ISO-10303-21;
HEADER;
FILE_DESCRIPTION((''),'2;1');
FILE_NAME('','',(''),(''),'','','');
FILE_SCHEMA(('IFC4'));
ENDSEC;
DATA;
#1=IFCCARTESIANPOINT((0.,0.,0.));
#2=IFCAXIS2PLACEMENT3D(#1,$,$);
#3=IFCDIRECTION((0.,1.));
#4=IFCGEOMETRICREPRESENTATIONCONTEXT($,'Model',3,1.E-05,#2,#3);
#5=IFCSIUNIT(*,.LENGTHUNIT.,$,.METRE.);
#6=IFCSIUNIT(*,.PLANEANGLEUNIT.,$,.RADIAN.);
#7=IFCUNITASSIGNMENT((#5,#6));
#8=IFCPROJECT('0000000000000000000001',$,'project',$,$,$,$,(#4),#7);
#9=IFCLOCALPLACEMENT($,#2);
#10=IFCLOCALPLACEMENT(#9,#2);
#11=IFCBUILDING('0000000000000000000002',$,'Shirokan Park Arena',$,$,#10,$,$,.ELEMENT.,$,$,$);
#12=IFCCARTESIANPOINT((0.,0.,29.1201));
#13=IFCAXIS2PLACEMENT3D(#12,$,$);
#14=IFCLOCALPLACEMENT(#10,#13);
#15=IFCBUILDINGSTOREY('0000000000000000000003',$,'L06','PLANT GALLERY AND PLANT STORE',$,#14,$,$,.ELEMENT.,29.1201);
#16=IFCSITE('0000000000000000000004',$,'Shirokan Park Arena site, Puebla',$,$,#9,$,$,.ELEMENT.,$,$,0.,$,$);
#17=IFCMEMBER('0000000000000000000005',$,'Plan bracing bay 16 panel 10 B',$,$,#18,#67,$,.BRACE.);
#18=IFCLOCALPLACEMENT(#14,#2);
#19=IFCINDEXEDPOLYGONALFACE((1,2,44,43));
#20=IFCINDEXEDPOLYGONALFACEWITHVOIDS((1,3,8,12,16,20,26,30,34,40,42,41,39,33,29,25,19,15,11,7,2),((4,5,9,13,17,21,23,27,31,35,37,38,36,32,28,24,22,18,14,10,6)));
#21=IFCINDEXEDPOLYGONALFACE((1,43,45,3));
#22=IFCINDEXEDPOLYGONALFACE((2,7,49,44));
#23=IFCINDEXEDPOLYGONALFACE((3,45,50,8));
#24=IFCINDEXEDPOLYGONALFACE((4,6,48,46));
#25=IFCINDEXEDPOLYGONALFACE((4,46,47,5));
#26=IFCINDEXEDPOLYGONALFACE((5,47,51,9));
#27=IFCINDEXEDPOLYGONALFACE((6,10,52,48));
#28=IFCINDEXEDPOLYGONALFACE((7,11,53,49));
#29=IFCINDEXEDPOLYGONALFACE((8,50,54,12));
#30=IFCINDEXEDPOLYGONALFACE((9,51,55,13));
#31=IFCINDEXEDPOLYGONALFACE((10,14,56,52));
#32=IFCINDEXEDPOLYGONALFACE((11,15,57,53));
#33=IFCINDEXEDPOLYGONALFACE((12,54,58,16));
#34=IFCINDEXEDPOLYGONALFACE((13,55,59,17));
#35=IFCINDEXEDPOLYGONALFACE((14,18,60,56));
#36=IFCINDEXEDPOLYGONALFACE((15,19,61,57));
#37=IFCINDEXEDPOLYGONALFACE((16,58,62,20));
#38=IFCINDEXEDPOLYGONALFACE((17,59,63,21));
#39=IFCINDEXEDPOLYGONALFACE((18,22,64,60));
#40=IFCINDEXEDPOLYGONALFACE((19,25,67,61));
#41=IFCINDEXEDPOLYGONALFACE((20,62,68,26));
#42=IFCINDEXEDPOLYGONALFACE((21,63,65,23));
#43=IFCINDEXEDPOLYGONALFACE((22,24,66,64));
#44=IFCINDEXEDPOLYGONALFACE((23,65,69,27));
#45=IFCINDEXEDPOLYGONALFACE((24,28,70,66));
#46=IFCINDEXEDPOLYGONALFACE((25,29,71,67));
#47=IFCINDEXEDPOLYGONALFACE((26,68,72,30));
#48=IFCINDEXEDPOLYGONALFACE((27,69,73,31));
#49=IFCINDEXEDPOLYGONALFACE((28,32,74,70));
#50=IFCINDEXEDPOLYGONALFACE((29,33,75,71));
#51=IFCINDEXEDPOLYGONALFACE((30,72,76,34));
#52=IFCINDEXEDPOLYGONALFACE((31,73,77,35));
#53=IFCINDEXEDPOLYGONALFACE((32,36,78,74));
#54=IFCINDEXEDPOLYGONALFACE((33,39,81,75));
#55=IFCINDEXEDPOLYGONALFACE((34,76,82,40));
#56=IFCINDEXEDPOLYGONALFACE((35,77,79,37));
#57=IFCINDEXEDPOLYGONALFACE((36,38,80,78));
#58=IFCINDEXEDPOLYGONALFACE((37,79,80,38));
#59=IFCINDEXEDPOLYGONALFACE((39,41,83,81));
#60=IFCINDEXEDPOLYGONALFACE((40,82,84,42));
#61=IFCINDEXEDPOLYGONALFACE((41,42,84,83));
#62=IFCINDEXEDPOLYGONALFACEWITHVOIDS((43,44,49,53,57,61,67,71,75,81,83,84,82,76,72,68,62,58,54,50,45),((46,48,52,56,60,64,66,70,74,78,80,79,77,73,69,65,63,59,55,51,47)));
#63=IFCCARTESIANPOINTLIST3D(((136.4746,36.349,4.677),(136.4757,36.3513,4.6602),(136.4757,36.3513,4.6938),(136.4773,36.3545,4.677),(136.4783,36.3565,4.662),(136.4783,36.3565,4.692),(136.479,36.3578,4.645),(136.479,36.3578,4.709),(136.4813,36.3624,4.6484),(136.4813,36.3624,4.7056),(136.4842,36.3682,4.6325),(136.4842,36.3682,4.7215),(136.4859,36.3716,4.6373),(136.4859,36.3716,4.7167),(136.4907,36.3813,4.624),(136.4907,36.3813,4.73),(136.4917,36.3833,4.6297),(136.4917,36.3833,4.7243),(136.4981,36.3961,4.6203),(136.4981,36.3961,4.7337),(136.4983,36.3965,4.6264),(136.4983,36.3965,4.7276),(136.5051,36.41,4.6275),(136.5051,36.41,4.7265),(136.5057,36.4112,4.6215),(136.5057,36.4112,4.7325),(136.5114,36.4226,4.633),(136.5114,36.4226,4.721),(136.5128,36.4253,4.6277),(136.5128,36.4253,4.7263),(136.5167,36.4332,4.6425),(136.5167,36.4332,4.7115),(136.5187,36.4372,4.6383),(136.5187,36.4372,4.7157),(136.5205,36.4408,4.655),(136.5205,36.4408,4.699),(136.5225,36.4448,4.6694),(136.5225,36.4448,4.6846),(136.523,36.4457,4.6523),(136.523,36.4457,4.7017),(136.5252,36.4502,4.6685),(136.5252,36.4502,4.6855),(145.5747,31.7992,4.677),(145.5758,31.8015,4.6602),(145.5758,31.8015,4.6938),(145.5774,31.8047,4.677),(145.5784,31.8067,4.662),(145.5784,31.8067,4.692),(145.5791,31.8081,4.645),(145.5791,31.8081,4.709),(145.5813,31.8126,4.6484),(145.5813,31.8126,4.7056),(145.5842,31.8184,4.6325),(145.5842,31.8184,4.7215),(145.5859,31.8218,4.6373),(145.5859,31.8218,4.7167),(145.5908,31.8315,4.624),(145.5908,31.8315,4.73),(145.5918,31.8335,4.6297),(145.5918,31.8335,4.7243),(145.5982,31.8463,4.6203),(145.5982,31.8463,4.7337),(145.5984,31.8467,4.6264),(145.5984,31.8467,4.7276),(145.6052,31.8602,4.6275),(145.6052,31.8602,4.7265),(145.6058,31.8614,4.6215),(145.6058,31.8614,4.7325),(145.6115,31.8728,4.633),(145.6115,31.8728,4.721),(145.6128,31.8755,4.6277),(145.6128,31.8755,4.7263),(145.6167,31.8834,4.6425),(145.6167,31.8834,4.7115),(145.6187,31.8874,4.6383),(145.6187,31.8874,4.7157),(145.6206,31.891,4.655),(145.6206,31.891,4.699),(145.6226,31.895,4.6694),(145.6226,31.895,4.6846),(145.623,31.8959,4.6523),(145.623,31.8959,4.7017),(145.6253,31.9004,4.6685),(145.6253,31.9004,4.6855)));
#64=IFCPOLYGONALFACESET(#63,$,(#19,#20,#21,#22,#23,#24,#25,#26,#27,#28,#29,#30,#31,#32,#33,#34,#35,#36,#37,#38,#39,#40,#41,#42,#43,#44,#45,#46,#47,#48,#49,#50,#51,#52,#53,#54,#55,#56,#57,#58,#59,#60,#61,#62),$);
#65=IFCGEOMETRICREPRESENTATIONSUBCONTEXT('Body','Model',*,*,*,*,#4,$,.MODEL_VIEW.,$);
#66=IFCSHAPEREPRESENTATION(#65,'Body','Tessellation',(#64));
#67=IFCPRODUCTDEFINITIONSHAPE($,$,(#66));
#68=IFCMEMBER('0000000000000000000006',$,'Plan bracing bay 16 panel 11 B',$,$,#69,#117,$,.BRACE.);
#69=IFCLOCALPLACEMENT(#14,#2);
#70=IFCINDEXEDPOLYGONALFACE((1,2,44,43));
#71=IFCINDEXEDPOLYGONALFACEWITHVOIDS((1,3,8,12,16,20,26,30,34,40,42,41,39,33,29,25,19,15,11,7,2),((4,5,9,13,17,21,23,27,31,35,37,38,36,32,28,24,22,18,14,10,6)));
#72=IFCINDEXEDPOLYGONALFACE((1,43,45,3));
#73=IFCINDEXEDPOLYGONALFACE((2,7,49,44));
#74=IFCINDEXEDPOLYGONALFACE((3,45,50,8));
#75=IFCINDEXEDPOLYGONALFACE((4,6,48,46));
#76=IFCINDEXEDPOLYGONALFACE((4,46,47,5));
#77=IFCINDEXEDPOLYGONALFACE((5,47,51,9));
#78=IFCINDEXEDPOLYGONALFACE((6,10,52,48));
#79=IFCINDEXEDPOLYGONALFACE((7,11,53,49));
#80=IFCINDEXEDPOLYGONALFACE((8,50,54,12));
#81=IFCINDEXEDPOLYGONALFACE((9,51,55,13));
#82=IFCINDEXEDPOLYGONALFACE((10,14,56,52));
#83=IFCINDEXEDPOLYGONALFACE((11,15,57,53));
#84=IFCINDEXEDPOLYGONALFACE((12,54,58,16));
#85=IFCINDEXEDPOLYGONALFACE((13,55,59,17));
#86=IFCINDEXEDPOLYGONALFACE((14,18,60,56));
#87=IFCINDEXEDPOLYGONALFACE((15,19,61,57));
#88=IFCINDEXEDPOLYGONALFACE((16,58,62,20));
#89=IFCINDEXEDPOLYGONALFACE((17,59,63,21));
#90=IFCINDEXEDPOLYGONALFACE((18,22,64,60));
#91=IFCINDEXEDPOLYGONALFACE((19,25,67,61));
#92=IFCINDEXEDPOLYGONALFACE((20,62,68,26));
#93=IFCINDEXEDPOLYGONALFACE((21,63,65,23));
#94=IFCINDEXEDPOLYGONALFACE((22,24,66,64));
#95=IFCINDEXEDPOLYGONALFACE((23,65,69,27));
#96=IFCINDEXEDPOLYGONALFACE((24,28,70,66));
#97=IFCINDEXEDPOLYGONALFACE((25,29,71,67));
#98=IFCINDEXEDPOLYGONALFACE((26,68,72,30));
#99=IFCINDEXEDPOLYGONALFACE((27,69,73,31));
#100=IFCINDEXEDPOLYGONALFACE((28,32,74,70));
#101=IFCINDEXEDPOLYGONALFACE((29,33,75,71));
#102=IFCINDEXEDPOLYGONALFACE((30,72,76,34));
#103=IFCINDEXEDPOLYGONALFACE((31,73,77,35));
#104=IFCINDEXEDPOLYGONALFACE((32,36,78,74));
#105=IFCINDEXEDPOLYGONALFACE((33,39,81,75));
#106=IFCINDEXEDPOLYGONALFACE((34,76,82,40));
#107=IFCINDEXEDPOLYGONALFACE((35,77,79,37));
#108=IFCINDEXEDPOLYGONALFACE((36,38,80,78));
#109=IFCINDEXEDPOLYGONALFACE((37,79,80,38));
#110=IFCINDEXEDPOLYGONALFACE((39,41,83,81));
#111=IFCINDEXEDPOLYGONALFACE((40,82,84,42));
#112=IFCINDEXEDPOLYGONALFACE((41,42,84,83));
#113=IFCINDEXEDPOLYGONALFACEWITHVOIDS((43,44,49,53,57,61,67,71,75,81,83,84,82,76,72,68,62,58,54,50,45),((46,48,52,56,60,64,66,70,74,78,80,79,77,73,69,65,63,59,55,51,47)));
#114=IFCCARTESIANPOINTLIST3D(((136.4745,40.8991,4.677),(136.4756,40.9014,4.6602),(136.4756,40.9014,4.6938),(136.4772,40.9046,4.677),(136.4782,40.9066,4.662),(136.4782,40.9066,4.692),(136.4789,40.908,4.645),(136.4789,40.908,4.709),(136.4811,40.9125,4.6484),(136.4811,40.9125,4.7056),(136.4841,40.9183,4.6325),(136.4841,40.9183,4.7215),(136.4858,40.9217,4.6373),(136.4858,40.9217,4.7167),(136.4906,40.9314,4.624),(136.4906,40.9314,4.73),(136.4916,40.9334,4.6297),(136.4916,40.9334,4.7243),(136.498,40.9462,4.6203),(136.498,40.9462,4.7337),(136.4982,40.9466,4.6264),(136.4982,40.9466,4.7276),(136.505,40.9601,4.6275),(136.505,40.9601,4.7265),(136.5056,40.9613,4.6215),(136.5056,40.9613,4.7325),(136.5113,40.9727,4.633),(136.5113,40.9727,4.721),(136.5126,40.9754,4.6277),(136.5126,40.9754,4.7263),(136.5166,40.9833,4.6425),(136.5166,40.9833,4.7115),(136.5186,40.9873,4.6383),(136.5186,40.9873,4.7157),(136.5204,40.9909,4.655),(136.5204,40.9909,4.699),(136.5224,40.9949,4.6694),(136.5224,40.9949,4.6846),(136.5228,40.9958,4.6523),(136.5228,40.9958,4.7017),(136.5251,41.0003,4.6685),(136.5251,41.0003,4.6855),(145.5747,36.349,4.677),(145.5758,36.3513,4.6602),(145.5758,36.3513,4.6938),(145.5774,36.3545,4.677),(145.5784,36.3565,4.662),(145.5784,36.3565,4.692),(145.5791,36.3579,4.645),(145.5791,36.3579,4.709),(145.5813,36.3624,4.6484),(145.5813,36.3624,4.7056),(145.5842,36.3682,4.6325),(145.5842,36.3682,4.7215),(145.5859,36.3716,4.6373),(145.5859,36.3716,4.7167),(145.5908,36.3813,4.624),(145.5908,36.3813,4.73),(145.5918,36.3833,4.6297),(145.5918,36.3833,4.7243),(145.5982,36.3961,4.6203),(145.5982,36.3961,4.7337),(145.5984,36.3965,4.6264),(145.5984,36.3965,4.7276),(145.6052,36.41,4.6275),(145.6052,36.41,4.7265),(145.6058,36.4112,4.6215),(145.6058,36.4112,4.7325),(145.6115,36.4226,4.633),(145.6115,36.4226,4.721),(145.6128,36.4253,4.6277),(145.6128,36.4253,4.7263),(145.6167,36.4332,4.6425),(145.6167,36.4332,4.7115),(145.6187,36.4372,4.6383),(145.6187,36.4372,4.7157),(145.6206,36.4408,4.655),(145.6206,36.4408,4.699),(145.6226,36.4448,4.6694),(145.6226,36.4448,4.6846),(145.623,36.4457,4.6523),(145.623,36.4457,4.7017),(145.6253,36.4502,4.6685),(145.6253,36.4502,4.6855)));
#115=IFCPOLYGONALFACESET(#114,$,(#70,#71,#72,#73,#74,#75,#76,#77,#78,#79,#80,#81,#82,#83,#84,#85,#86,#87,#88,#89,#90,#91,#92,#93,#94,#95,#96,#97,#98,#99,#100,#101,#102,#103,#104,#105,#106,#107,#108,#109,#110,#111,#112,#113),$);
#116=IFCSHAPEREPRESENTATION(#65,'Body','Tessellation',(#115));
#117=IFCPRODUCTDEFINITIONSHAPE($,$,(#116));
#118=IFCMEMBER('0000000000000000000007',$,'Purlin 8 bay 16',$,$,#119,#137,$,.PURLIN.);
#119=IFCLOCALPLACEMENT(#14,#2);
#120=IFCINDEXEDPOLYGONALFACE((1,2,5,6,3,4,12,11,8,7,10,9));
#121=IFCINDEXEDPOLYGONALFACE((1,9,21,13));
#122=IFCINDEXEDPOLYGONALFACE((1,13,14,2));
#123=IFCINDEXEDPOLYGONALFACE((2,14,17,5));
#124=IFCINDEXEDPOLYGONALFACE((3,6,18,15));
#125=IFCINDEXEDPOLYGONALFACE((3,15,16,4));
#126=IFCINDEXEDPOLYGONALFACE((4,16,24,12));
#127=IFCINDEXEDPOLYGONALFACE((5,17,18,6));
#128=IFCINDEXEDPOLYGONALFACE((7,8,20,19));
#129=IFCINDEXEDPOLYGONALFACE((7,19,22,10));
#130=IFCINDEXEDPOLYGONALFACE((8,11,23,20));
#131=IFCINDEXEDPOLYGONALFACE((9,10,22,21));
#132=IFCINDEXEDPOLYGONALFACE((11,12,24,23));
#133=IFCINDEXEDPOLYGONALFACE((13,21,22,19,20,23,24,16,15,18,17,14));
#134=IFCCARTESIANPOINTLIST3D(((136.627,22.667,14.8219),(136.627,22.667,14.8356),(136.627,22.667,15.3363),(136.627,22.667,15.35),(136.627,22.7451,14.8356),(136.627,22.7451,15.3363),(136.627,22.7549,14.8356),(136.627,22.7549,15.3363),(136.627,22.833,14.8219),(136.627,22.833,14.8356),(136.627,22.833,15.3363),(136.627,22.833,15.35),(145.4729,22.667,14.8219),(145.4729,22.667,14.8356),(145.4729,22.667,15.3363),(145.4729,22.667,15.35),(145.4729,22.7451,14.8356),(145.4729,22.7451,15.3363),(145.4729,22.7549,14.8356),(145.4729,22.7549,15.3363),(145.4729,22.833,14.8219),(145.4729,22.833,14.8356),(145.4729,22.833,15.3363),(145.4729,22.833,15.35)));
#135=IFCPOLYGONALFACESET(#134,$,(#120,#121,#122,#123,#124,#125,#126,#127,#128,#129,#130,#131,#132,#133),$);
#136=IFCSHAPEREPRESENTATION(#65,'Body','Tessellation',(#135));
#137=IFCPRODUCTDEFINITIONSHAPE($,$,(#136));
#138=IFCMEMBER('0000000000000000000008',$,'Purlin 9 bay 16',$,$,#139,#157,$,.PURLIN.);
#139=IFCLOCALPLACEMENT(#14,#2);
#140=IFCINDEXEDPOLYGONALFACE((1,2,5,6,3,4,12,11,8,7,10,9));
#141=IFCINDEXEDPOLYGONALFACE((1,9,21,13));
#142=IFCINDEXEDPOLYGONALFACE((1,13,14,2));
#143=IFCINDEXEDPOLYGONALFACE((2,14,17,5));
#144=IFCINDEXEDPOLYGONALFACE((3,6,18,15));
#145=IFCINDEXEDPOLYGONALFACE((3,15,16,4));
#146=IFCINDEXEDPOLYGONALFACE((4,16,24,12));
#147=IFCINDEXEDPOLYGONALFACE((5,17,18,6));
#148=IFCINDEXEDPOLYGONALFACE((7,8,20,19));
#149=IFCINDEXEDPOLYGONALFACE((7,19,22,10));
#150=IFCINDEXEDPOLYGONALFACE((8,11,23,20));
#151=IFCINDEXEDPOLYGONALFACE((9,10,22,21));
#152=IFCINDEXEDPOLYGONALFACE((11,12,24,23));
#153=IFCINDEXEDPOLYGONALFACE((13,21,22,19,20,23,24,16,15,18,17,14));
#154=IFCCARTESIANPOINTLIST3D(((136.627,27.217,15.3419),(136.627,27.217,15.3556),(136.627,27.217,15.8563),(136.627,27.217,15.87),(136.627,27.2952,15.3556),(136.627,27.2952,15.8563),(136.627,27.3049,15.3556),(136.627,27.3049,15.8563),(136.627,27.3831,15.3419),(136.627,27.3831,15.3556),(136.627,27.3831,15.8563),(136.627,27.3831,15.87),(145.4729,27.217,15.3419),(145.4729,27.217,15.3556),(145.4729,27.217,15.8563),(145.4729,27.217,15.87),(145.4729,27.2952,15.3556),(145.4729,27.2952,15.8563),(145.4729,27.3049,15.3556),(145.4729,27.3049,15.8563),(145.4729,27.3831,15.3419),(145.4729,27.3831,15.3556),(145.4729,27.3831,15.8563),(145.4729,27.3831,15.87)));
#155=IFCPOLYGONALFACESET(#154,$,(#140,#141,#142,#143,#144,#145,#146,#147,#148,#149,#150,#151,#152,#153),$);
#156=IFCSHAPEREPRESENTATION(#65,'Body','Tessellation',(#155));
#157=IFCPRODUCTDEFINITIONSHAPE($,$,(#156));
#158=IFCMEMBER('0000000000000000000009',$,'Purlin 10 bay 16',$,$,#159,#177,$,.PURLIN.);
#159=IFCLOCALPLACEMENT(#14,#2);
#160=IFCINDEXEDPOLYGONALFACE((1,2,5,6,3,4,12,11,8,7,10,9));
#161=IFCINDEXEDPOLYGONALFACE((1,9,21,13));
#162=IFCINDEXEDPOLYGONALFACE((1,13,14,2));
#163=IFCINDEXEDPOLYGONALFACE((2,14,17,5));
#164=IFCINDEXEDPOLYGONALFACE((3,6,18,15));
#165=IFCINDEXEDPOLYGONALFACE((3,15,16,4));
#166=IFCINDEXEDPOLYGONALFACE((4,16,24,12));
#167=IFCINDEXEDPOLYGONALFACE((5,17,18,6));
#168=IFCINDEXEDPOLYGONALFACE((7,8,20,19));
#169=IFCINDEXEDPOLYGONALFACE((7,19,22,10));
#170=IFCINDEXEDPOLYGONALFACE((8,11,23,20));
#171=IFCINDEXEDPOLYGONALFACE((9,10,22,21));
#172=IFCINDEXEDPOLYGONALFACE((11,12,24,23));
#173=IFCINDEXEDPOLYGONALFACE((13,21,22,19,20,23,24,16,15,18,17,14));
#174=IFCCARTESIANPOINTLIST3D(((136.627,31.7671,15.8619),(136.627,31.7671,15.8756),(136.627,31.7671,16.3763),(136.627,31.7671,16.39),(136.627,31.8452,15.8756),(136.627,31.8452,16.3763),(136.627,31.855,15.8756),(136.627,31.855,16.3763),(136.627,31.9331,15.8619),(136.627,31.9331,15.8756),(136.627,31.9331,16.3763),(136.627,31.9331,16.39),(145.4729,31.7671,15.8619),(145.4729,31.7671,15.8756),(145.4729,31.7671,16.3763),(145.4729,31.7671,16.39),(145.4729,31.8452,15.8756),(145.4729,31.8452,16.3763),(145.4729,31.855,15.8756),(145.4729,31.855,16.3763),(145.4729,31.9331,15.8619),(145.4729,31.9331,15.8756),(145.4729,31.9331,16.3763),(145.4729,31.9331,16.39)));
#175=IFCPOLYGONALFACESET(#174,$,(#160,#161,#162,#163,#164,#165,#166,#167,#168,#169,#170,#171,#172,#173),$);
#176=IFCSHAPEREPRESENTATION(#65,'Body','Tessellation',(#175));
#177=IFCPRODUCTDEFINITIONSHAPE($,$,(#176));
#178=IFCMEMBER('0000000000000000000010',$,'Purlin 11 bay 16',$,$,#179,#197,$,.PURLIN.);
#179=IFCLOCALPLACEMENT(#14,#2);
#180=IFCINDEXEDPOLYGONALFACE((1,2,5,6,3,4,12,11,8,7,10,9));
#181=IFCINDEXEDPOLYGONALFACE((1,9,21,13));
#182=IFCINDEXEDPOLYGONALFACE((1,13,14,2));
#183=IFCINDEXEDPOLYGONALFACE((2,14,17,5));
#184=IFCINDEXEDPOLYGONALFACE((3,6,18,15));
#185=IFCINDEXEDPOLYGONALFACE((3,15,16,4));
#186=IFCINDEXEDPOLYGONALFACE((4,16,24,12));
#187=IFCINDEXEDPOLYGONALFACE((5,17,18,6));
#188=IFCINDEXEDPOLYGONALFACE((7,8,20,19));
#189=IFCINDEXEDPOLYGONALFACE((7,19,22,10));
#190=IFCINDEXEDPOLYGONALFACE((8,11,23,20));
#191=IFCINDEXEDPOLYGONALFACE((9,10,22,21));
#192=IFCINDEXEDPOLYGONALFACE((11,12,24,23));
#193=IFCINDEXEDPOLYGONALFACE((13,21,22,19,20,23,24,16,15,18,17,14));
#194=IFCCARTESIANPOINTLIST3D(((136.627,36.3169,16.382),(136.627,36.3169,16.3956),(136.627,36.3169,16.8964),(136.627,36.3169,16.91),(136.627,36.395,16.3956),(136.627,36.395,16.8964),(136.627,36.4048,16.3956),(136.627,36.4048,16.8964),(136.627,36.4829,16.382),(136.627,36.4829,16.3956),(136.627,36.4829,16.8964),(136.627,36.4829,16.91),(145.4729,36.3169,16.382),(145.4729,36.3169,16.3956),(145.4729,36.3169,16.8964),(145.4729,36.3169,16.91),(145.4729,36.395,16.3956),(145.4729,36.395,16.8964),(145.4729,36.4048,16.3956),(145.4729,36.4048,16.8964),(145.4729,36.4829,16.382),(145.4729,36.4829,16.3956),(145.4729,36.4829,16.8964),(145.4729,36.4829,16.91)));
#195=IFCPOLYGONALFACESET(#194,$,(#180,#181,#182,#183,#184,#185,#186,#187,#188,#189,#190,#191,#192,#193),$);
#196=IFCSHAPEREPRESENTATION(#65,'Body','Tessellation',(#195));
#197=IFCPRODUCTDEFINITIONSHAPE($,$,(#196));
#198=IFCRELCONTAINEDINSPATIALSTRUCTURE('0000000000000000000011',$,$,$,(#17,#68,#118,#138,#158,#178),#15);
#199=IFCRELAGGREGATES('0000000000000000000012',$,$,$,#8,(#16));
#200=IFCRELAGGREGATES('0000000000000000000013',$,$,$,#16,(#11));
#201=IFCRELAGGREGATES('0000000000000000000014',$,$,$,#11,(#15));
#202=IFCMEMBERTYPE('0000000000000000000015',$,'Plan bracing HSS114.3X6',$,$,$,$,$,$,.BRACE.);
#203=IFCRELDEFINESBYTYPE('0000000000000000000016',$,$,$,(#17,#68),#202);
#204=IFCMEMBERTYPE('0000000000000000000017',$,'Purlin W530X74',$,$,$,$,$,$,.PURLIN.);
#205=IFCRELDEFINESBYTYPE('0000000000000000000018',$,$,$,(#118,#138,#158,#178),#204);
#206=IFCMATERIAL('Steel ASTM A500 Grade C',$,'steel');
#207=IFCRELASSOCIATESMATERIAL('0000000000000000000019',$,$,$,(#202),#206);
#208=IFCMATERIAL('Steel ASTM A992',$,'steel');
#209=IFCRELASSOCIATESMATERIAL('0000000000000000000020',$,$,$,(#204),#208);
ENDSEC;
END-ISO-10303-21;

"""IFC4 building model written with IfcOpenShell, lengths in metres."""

from ifc_helpers import new_model, si_unit, direction, frame, origin, origin_2d, place, context, subcontext, project, spatial, hollow_circle, i_section, extrude, material, material_profile, profile_set, type_object, element, save


model = new_model("IFC4")

# Units and contexts
model_context = context("Model", 3, precision=1e-05, world=origin(), true_north=direction((0.0, 1.0)))
body_context = subcontext(model_context, "Body", "Model", "MODEL_VIEW")
ifc_project = project(units=[si_unit("LENGTHUNIT", "METRE"), si_unit("PLANEANGLEUNIT", "RADIAN")], contexts=[model_context])

# Site, building, storey
site_placement = place(None, origin())
site = spatial("IfcSite", under=ifc_project, at=site_placement, Name="Shirokan Park Arena site, Puebla", CompositionType="ELEMENT", RefElevation=0.0)
building_placement = place(site_placement, origin())
building = spatial("IfcBuilding", under=site, at=building_placement, Name="Shirokan Park Arena", CompositionType="ELEMENT")
storey_placement = place(building_placement, frame((0.0, 0.0, 29.1201)))
storey = spatial("IfcBuildingStorey", under=building, at=storey_placement, Name="L06", Description="PLANT GALLERY AND PLANT STORE", CompositionType="ELEMENT", Elevation=29.1201)

# Members
ifc_material_1 = material(Name="Steel ASTM A500 Grade C", Category="steel")
ifc_material_profile_1 = material_profile(ifc_material_1, hollow_circle(Radius=0.0569, WallThickness=0.0061, at=origin_2d()), Name="HSS114.3X6")
ifc_profile_set_1 = profile_set([ifc_material_profile_1], Name="Steel ASTM A500 Grade C")
member_type_1 = type_object("IfcMemberType", Name="Plan bracing HSS114.3X6", PredefinedType="BRACE", material=ifc_profile_set_1)
member_1_placement = place(storey_placement, frame((145.6001, 31.8501, 4.677), z_axis=(-0.894437, 0.447194, 0.0), x_axis=(-0.447194, -0.894437, 0.0)))
element("IfcMember", 1, at=member_1_placement, inside=storey, type_object=member_type_1, Name="Plan bracing bay 16 panel 10 B", PredefinedType="BRACE", context=body_context, shape_type="SweptSolid", body=[
    extrude(hollow_circle(Radius=0.0569, WallThickness=0.0061, at=origin_2d()), origin(), (0.0, 0.0, 1.0), 10.1741),
])
member_2_placement = place(storey_placement, frame((145.6001, 36.3999, 4.677), z_axis=(-0.894427, 0.447214, 0.0), x_axis=(-0.447214, -0.894427, 0.0)))
element("IfcMember", 2, at=member_2_placement, inside=storey, type_object=member_type_1, Name="Plan bracing bay 16 panel 11 B", PredefinedType="BRACE", context=body_context, shape_type="SweptSolid", body=[
    extrude(hollow_circle(Radius=0.0569, WallThickness=0.0061, at=origin_2d()), origin(), (0.0, 0.0, 1.0), 10.1743),
])
ifc_material_2 = material(Name="Steel ASTM A992", Category="steel")
ifc_material_profile_2 = material_profile(ifc_material_2, i_section(OverallWidth=0.166, OverallDepth=0.5281, WebThickness=0.0098, FlangeThickness=0.0137, at=origin_2d()), Name="W530X74")
ifc_profile_set_2 = profile_set([ifc_material_profile_2], Name="Steel ASTM A992")
member_type_2 = type_object("IfcMemberType", Name="Purlin W530X74", PredefinedType="PURLIN", material=ifc_profile_set_2)
for number, where, z_axis, x_axis, name in (
    (3, (136.627, 22.75, 15.0859), (1.0, 0.0, 0.0), (0.0, 1.0, 0.0), "Purlin 8 bay 16"),
    (4, (136.627, 27.3, 15.606), (1.0, 0.0, 0.0), (0.0, 1.0, 0.0), "Purlin 9 bay 16"),
    (5, (136.627, 31.8501, 16.126), (1.0, 0.0, 0.0), (0.0, 1.0, 0.0), "Purlin 10 bay 16"),
    (6, (136.627, 36.3999, 16.646), (1.0, 0.0, 0.0), (0.0, 1.0, 0.0), "Purlin 11 bay 16"),
):
    element("IfcMember", number, at=place(storey_placement, frame(where, z_axis=z_axis, x_axis=x_axis)), inside=storey, type_object=member_type_2, Name=name, PredefinedType="PURLIN", context=body_context, shape_type="SweptSolid", body=[
        extrude(i_section(OverallWidth=0.166, OverallDepth=0.5281, WebThickness=0.0098, FlangeThickness=0.0137, at=origin_2d()), origin(), (0.0, 0.0, 1.0), 8.8459),
    ])

save(model, "model.ifc")
